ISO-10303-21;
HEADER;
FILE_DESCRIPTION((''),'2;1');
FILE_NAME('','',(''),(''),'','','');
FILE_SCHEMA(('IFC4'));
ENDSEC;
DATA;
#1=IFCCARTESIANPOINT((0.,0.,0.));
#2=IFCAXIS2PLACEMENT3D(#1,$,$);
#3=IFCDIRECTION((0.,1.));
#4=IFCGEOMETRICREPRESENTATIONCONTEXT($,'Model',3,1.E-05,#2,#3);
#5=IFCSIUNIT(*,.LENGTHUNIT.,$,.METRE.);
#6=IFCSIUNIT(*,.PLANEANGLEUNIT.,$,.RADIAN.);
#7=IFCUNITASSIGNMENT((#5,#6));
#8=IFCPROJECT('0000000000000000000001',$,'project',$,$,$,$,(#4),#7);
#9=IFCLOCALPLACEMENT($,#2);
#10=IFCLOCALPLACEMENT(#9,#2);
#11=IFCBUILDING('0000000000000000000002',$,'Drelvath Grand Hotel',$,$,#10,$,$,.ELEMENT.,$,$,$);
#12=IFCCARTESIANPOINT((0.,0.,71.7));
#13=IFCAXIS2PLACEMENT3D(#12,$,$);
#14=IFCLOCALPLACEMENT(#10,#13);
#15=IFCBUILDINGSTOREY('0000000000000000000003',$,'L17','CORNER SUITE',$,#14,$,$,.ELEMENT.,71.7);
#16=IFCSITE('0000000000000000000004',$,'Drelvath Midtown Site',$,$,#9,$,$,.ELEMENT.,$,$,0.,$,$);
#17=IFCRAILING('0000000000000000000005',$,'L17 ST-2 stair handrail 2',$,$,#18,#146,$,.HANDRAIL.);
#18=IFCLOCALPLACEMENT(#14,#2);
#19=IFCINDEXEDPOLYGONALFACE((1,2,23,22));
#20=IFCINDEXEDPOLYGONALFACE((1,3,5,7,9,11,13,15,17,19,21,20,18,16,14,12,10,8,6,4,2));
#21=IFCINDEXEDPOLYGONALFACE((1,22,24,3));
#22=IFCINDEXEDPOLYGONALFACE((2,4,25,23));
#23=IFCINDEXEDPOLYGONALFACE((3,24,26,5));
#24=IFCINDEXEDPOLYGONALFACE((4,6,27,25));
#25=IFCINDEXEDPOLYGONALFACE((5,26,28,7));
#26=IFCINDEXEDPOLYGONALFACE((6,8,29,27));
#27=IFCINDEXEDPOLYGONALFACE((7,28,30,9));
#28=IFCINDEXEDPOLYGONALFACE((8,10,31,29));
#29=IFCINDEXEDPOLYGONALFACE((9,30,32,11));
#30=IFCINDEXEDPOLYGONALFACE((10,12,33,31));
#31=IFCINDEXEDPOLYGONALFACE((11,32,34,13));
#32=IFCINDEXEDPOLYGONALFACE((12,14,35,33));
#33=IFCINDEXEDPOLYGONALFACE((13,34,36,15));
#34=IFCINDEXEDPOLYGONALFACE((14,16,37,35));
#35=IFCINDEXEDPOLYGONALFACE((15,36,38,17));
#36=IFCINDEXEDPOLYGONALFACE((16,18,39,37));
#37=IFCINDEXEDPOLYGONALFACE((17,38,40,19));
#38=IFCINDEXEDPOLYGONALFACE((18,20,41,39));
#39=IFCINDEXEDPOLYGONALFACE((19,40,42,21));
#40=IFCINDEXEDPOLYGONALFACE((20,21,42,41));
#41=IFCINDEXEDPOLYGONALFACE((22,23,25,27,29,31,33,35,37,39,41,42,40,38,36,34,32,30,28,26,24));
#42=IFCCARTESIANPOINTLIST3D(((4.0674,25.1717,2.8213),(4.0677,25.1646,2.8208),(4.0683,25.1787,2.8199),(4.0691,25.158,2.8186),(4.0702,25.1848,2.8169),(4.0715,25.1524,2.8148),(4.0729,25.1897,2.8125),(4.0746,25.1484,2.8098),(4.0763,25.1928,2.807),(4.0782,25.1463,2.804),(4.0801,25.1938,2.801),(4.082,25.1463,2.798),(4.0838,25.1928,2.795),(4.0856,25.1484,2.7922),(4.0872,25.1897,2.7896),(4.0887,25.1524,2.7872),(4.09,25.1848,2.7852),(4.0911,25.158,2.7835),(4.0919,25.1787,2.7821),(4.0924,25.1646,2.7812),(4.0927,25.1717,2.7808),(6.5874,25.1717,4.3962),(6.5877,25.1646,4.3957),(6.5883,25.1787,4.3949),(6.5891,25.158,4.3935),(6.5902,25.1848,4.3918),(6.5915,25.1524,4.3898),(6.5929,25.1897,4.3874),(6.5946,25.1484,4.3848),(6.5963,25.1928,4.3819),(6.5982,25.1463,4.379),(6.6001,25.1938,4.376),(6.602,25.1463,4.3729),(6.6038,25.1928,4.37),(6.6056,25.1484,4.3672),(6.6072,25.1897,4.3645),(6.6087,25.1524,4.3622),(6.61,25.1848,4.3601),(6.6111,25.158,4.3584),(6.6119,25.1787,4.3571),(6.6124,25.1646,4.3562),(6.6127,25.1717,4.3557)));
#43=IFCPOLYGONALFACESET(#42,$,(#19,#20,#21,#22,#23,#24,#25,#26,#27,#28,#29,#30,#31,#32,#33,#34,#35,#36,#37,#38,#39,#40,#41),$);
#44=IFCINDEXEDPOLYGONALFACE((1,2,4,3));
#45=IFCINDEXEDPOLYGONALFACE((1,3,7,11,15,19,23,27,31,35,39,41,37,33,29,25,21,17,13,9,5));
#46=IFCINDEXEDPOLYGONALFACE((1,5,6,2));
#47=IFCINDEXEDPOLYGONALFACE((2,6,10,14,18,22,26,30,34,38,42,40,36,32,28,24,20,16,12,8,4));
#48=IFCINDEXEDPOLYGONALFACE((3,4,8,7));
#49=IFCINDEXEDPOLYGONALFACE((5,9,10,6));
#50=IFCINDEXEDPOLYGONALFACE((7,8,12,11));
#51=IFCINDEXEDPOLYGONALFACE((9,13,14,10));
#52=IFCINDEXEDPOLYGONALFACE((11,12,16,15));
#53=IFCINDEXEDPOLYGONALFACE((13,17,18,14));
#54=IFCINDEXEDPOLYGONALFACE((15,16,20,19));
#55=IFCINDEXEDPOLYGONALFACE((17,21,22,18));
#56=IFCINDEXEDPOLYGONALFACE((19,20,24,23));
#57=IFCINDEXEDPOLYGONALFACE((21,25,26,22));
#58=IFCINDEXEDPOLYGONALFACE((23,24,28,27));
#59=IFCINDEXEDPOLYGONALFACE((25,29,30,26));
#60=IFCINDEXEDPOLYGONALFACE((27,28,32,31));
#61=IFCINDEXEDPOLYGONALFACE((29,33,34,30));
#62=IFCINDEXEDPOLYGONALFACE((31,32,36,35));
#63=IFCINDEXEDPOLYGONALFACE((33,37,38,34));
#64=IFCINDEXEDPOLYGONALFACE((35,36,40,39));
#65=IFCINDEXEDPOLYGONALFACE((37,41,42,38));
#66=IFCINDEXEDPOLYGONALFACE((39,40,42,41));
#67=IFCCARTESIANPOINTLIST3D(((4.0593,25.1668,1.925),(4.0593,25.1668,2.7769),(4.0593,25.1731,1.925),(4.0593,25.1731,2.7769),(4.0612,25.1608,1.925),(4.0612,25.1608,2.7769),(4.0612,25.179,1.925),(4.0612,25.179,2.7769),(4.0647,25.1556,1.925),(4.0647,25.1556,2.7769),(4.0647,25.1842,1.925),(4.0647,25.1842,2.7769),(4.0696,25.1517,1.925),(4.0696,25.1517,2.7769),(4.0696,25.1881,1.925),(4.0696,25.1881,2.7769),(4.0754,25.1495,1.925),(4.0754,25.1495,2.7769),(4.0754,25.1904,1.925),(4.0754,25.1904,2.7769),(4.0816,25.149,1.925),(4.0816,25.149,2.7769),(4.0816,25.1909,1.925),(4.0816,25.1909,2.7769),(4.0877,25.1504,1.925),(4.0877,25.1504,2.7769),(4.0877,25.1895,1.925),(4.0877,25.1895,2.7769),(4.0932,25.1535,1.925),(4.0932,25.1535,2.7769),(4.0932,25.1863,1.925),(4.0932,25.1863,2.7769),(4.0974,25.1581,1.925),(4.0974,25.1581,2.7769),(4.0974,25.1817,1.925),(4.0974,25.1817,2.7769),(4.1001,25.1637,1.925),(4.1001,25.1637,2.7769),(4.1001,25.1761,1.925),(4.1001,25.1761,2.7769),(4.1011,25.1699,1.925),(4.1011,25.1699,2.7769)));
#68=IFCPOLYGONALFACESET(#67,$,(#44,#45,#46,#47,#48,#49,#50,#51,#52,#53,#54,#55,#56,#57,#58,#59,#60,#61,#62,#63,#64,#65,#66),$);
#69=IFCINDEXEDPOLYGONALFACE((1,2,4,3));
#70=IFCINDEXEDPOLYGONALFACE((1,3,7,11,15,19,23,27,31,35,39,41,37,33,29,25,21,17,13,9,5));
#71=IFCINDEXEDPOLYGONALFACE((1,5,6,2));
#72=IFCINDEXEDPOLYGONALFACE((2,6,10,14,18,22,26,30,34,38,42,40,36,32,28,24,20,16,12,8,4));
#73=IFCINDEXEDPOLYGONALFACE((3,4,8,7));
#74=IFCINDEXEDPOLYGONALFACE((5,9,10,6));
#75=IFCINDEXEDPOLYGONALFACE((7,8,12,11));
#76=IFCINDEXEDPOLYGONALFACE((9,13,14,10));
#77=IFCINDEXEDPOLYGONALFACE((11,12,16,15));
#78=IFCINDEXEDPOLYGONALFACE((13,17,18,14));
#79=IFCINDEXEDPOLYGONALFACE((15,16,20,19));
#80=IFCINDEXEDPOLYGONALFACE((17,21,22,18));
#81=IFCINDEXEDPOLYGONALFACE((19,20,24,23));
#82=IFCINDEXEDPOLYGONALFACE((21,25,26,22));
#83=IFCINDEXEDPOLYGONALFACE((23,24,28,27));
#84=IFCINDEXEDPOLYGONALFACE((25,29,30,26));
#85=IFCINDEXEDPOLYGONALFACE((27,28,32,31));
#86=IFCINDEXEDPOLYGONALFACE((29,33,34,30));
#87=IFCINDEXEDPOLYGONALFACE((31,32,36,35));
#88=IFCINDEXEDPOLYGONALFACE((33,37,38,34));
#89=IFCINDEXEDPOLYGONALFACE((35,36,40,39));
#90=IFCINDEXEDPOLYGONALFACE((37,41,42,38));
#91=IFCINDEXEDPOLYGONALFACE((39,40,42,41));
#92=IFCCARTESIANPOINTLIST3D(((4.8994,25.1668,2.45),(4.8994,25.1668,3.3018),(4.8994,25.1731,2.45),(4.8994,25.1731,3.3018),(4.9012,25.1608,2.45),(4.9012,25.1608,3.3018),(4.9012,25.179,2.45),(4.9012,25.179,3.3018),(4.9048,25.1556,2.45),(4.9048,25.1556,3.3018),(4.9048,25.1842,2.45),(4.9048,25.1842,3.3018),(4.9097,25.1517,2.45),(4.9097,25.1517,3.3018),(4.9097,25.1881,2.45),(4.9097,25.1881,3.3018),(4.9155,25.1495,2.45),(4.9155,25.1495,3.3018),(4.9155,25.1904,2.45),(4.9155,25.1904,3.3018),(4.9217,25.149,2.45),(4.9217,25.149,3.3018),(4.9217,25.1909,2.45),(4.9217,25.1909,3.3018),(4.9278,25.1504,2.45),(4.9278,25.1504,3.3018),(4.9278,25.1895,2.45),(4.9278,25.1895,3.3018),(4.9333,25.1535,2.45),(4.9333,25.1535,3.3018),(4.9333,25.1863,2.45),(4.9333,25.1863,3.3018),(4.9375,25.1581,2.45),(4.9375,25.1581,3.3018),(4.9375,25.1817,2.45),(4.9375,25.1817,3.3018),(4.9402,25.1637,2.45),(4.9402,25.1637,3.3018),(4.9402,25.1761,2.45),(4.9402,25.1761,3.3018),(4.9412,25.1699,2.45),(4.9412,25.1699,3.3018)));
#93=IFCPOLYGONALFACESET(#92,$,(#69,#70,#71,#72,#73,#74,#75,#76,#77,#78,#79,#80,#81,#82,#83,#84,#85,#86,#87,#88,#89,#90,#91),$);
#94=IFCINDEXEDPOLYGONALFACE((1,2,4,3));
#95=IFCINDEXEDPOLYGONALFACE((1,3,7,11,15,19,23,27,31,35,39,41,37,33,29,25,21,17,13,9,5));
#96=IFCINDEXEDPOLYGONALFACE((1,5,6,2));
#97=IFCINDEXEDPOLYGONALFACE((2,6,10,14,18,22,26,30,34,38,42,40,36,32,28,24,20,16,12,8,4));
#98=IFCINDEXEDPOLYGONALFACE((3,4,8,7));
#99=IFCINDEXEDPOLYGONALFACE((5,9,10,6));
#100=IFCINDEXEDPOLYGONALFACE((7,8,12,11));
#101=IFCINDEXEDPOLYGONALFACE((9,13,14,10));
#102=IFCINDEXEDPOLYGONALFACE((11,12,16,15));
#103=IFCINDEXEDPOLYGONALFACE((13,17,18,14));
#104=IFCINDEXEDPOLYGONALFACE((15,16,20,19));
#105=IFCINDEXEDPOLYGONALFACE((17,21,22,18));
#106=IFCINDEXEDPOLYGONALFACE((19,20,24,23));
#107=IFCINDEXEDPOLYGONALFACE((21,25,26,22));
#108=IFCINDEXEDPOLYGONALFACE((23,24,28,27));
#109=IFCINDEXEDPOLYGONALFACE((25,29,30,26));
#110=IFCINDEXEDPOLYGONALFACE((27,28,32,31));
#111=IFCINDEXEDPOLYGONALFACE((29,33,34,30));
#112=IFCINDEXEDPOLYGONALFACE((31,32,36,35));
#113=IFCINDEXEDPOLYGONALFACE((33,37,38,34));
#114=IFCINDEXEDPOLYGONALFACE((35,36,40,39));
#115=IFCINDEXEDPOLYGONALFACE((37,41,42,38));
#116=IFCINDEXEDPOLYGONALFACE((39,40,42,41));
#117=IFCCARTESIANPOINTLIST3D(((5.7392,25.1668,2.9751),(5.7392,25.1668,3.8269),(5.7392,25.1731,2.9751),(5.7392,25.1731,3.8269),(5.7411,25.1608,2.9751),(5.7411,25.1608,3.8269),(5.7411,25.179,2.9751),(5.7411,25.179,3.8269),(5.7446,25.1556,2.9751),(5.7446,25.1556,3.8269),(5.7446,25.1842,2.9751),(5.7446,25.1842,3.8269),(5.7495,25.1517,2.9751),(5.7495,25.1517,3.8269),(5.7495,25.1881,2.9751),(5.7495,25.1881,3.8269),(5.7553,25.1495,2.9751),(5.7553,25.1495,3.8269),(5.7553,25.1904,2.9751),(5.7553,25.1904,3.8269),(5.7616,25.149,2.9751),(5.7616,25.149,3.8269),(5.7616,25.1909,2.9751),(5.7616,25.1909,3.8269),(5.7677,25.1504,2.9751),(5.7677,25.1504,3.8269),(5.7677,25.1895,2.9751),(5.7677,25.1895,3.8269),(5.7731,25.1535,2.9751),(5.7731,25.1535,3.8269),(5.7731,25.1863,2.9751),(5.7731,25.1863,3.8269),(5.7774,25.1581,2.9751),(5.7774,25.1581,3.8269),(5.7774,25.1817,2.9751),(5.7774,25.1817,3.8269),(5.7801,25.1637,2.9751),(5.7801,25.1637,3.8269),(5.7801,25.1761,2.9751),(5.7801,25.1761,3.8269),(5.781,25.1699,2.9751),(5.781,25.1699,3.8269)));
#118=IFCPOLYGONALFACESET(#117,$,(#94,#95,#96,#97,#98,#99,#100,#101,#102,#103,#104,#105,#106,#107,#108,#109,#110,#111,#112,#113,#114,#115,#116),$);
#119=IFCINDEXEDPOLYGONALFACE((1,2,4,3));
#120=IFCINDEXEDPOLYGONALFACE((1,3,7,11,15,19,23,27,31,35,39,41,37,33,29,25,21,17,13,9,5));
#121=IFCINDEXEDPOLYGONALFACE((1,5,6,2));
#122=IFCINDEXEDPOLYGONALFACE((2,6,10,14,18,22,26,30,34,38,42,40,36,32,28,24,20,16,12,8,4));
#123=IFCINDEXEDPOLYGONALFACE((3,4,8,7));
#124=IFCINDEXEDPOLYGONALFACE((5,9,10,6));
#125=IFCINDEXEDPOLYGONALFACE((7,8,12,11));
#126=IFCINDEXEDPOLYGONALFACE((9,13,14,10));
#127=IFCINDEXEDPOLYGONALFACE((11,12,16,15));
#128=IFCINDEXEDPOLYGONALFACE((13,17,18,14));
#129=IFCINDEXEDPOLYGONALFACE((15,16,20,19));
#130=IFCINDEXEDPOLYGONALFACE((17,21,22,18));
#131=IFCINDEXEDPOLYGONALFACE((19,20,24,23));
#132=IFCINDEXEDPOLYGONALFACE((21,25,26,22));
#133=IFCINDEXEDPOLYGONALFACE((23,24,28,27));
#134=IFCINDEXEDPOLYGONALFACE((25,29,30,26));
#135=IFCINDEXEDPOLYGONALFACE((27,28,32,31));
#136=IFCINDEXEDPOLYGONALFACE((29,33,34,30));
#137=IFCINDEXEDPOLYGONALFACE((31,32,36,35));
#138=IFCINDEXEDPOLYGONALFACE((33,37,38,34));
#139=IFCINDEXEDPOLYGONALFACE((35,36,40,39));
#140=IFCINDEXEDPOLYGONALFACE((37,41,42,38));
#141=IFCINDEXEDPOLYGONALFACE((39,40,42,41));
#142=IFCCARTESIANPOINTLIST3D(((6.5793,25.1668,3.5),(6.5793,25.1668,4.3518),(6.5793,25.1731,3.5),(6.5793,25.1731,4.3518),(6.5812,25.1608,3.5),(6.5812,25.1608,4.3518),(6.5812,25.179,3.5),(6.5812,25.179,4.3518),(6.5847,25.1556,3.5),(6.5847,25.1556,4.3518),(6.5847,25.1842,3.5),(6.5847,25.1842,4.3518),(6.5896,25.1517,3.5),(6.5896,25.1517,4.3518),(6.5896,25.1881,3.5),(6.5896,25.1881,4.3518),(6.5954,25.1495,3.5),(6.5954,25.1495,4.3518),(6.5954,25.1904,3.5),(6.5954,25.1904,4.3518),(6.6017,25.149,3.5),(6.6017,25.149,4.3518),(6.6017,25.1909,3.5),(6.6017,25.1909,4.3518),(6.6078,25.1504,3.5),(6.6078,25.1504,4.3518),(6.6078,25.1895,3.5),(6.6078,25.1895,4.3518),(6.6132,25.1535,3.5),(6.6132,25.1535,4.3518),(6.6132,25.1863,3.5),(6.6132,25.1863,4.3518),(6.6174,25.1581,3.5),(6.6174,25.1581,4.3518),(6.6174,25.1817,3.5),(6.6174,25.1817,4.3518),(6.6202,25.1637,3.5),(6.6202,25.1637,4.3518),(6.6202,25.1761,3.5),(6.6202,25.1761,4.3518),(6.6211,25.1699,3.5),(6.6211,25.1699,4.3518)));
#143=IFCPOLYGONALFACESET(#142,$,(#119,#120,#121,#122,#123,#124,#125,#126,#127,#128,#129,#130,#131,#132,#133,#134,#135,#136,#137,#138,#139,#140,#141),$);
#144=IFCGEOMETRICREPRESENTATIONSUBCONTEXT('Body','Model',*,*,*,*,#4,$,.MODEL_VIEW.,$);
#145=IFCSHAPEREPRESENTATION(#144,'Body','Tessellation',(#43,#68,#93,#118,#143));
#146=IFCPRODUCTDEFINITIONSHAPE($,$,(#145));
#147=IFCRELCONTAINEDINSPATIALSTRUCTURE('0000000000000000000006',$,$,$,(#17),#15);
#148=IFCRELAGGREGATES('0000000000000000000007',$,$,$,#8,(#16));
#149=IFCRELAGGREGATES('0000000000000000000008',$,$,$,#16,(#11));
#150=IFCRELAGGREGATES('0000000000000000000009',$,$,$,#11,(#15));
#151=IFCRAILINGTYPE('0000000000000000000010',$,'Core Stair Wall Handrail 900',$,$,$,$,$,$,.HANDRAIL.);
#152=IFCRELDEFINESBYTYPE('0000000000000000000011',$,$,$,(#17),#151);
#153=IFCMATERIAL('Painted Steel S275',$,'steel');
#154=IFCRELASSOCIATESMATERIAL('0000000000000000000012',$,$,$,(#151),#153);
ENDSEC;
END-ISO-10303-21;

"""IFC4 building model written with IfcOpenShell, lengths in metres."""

from ifc_helpers import new_model, si_unit, direction, frame, origin, origin_2d, place, context, subcontext, project, spatial, circle, extrude, material, type_object, element, save


model = new_model("IFC4")

# Units and contexts
model_context = context("Model", 3, precision=1e-05, world=origin(), true_north=direction((0.0, 1.0)))
body_context = subcontext(model_context, "Body", "Model", "MODEL_VIEW")
ifc_project = project(units=[si_unit("LENGTHUNIT", "METRE"), si_unit("PLANEANGLEUNIT", "RADIAN")], contexts=[model_context])

# Site, building, storey
site_placement = place(None, origin())
site = spatial("IfcSite", under=ifc_project, at=site_placement, Name="Drelvath Midtown Site", CompositionType="ELEMENT", RefElevation=0.0)
building_placement = place(site_placement, origin())
building = spatial("IfcBuilding", under=site, at=building_placement, Name="Drelvath Grand Hotel", CompositionType="ELEMENT")
storey_placement = place(building_placement, frame((0.0, 0.0, 71.7)))
storey = spatial("IfcBuildingStorey", under=building, at=storey_placement, Name="L17", Description="CORNER SUITE", CompositionType="ELEMENT", Elevation=71.7)

# Shared definitions
ifc_material_1 = material(Name="Painted Steel S275", Category="steel")

# Railing
railing_type_1 = type_object("IfcRailingType", Name="Core Stair Wall Handrail 900", PredefinedType="HANDRAIL", material=ifc_material_1)
railing_1_placement = place(storey_placement, frame((4.0801, 25.1699, 1.925)))
element("IfcRailing", 1, at=railing_1_placement, inside=storey, type_object=railing_type_1, Name="L17 ST-2 stair handrail 2", PredefinedType="HANDRAIL", context=body_context, shape_type="SweptSolid", body=[
    extrude(circle(Radius=0.0239, at=origin_2d()), frame((0.0, 0.0, 0.876), z_axis=(0.848008, 0.0, 0.529984), x_axis=(0.0, 1.0, 0.0)), (0.0, 0.0, 1.0), 2.9717),
    extrude(circle(Radius=0.021, at=origin_2d()), origin(), (0.0, 0.0, 1.0), 0.8518),
    extrude(circle(Radius=0.021, at=origin_2d()), frame((0.8401, 0.0, 0.5249)), (0.0, 0.0, 1.0), 0.8518),
    extrude(circle(Radius=0.021, at=origin_2d()), frame((1.6799, 0.0, 1.05)), (0.0, 0.0, 1.0), 0.8518),
    extrude(circle(Radius=0.021, at=origin_2d()), frame((2.52, 0.0, 1.575)), (0.0, 0.0, 1.0), 0.8518),
])

save(model, "model.ifc")
